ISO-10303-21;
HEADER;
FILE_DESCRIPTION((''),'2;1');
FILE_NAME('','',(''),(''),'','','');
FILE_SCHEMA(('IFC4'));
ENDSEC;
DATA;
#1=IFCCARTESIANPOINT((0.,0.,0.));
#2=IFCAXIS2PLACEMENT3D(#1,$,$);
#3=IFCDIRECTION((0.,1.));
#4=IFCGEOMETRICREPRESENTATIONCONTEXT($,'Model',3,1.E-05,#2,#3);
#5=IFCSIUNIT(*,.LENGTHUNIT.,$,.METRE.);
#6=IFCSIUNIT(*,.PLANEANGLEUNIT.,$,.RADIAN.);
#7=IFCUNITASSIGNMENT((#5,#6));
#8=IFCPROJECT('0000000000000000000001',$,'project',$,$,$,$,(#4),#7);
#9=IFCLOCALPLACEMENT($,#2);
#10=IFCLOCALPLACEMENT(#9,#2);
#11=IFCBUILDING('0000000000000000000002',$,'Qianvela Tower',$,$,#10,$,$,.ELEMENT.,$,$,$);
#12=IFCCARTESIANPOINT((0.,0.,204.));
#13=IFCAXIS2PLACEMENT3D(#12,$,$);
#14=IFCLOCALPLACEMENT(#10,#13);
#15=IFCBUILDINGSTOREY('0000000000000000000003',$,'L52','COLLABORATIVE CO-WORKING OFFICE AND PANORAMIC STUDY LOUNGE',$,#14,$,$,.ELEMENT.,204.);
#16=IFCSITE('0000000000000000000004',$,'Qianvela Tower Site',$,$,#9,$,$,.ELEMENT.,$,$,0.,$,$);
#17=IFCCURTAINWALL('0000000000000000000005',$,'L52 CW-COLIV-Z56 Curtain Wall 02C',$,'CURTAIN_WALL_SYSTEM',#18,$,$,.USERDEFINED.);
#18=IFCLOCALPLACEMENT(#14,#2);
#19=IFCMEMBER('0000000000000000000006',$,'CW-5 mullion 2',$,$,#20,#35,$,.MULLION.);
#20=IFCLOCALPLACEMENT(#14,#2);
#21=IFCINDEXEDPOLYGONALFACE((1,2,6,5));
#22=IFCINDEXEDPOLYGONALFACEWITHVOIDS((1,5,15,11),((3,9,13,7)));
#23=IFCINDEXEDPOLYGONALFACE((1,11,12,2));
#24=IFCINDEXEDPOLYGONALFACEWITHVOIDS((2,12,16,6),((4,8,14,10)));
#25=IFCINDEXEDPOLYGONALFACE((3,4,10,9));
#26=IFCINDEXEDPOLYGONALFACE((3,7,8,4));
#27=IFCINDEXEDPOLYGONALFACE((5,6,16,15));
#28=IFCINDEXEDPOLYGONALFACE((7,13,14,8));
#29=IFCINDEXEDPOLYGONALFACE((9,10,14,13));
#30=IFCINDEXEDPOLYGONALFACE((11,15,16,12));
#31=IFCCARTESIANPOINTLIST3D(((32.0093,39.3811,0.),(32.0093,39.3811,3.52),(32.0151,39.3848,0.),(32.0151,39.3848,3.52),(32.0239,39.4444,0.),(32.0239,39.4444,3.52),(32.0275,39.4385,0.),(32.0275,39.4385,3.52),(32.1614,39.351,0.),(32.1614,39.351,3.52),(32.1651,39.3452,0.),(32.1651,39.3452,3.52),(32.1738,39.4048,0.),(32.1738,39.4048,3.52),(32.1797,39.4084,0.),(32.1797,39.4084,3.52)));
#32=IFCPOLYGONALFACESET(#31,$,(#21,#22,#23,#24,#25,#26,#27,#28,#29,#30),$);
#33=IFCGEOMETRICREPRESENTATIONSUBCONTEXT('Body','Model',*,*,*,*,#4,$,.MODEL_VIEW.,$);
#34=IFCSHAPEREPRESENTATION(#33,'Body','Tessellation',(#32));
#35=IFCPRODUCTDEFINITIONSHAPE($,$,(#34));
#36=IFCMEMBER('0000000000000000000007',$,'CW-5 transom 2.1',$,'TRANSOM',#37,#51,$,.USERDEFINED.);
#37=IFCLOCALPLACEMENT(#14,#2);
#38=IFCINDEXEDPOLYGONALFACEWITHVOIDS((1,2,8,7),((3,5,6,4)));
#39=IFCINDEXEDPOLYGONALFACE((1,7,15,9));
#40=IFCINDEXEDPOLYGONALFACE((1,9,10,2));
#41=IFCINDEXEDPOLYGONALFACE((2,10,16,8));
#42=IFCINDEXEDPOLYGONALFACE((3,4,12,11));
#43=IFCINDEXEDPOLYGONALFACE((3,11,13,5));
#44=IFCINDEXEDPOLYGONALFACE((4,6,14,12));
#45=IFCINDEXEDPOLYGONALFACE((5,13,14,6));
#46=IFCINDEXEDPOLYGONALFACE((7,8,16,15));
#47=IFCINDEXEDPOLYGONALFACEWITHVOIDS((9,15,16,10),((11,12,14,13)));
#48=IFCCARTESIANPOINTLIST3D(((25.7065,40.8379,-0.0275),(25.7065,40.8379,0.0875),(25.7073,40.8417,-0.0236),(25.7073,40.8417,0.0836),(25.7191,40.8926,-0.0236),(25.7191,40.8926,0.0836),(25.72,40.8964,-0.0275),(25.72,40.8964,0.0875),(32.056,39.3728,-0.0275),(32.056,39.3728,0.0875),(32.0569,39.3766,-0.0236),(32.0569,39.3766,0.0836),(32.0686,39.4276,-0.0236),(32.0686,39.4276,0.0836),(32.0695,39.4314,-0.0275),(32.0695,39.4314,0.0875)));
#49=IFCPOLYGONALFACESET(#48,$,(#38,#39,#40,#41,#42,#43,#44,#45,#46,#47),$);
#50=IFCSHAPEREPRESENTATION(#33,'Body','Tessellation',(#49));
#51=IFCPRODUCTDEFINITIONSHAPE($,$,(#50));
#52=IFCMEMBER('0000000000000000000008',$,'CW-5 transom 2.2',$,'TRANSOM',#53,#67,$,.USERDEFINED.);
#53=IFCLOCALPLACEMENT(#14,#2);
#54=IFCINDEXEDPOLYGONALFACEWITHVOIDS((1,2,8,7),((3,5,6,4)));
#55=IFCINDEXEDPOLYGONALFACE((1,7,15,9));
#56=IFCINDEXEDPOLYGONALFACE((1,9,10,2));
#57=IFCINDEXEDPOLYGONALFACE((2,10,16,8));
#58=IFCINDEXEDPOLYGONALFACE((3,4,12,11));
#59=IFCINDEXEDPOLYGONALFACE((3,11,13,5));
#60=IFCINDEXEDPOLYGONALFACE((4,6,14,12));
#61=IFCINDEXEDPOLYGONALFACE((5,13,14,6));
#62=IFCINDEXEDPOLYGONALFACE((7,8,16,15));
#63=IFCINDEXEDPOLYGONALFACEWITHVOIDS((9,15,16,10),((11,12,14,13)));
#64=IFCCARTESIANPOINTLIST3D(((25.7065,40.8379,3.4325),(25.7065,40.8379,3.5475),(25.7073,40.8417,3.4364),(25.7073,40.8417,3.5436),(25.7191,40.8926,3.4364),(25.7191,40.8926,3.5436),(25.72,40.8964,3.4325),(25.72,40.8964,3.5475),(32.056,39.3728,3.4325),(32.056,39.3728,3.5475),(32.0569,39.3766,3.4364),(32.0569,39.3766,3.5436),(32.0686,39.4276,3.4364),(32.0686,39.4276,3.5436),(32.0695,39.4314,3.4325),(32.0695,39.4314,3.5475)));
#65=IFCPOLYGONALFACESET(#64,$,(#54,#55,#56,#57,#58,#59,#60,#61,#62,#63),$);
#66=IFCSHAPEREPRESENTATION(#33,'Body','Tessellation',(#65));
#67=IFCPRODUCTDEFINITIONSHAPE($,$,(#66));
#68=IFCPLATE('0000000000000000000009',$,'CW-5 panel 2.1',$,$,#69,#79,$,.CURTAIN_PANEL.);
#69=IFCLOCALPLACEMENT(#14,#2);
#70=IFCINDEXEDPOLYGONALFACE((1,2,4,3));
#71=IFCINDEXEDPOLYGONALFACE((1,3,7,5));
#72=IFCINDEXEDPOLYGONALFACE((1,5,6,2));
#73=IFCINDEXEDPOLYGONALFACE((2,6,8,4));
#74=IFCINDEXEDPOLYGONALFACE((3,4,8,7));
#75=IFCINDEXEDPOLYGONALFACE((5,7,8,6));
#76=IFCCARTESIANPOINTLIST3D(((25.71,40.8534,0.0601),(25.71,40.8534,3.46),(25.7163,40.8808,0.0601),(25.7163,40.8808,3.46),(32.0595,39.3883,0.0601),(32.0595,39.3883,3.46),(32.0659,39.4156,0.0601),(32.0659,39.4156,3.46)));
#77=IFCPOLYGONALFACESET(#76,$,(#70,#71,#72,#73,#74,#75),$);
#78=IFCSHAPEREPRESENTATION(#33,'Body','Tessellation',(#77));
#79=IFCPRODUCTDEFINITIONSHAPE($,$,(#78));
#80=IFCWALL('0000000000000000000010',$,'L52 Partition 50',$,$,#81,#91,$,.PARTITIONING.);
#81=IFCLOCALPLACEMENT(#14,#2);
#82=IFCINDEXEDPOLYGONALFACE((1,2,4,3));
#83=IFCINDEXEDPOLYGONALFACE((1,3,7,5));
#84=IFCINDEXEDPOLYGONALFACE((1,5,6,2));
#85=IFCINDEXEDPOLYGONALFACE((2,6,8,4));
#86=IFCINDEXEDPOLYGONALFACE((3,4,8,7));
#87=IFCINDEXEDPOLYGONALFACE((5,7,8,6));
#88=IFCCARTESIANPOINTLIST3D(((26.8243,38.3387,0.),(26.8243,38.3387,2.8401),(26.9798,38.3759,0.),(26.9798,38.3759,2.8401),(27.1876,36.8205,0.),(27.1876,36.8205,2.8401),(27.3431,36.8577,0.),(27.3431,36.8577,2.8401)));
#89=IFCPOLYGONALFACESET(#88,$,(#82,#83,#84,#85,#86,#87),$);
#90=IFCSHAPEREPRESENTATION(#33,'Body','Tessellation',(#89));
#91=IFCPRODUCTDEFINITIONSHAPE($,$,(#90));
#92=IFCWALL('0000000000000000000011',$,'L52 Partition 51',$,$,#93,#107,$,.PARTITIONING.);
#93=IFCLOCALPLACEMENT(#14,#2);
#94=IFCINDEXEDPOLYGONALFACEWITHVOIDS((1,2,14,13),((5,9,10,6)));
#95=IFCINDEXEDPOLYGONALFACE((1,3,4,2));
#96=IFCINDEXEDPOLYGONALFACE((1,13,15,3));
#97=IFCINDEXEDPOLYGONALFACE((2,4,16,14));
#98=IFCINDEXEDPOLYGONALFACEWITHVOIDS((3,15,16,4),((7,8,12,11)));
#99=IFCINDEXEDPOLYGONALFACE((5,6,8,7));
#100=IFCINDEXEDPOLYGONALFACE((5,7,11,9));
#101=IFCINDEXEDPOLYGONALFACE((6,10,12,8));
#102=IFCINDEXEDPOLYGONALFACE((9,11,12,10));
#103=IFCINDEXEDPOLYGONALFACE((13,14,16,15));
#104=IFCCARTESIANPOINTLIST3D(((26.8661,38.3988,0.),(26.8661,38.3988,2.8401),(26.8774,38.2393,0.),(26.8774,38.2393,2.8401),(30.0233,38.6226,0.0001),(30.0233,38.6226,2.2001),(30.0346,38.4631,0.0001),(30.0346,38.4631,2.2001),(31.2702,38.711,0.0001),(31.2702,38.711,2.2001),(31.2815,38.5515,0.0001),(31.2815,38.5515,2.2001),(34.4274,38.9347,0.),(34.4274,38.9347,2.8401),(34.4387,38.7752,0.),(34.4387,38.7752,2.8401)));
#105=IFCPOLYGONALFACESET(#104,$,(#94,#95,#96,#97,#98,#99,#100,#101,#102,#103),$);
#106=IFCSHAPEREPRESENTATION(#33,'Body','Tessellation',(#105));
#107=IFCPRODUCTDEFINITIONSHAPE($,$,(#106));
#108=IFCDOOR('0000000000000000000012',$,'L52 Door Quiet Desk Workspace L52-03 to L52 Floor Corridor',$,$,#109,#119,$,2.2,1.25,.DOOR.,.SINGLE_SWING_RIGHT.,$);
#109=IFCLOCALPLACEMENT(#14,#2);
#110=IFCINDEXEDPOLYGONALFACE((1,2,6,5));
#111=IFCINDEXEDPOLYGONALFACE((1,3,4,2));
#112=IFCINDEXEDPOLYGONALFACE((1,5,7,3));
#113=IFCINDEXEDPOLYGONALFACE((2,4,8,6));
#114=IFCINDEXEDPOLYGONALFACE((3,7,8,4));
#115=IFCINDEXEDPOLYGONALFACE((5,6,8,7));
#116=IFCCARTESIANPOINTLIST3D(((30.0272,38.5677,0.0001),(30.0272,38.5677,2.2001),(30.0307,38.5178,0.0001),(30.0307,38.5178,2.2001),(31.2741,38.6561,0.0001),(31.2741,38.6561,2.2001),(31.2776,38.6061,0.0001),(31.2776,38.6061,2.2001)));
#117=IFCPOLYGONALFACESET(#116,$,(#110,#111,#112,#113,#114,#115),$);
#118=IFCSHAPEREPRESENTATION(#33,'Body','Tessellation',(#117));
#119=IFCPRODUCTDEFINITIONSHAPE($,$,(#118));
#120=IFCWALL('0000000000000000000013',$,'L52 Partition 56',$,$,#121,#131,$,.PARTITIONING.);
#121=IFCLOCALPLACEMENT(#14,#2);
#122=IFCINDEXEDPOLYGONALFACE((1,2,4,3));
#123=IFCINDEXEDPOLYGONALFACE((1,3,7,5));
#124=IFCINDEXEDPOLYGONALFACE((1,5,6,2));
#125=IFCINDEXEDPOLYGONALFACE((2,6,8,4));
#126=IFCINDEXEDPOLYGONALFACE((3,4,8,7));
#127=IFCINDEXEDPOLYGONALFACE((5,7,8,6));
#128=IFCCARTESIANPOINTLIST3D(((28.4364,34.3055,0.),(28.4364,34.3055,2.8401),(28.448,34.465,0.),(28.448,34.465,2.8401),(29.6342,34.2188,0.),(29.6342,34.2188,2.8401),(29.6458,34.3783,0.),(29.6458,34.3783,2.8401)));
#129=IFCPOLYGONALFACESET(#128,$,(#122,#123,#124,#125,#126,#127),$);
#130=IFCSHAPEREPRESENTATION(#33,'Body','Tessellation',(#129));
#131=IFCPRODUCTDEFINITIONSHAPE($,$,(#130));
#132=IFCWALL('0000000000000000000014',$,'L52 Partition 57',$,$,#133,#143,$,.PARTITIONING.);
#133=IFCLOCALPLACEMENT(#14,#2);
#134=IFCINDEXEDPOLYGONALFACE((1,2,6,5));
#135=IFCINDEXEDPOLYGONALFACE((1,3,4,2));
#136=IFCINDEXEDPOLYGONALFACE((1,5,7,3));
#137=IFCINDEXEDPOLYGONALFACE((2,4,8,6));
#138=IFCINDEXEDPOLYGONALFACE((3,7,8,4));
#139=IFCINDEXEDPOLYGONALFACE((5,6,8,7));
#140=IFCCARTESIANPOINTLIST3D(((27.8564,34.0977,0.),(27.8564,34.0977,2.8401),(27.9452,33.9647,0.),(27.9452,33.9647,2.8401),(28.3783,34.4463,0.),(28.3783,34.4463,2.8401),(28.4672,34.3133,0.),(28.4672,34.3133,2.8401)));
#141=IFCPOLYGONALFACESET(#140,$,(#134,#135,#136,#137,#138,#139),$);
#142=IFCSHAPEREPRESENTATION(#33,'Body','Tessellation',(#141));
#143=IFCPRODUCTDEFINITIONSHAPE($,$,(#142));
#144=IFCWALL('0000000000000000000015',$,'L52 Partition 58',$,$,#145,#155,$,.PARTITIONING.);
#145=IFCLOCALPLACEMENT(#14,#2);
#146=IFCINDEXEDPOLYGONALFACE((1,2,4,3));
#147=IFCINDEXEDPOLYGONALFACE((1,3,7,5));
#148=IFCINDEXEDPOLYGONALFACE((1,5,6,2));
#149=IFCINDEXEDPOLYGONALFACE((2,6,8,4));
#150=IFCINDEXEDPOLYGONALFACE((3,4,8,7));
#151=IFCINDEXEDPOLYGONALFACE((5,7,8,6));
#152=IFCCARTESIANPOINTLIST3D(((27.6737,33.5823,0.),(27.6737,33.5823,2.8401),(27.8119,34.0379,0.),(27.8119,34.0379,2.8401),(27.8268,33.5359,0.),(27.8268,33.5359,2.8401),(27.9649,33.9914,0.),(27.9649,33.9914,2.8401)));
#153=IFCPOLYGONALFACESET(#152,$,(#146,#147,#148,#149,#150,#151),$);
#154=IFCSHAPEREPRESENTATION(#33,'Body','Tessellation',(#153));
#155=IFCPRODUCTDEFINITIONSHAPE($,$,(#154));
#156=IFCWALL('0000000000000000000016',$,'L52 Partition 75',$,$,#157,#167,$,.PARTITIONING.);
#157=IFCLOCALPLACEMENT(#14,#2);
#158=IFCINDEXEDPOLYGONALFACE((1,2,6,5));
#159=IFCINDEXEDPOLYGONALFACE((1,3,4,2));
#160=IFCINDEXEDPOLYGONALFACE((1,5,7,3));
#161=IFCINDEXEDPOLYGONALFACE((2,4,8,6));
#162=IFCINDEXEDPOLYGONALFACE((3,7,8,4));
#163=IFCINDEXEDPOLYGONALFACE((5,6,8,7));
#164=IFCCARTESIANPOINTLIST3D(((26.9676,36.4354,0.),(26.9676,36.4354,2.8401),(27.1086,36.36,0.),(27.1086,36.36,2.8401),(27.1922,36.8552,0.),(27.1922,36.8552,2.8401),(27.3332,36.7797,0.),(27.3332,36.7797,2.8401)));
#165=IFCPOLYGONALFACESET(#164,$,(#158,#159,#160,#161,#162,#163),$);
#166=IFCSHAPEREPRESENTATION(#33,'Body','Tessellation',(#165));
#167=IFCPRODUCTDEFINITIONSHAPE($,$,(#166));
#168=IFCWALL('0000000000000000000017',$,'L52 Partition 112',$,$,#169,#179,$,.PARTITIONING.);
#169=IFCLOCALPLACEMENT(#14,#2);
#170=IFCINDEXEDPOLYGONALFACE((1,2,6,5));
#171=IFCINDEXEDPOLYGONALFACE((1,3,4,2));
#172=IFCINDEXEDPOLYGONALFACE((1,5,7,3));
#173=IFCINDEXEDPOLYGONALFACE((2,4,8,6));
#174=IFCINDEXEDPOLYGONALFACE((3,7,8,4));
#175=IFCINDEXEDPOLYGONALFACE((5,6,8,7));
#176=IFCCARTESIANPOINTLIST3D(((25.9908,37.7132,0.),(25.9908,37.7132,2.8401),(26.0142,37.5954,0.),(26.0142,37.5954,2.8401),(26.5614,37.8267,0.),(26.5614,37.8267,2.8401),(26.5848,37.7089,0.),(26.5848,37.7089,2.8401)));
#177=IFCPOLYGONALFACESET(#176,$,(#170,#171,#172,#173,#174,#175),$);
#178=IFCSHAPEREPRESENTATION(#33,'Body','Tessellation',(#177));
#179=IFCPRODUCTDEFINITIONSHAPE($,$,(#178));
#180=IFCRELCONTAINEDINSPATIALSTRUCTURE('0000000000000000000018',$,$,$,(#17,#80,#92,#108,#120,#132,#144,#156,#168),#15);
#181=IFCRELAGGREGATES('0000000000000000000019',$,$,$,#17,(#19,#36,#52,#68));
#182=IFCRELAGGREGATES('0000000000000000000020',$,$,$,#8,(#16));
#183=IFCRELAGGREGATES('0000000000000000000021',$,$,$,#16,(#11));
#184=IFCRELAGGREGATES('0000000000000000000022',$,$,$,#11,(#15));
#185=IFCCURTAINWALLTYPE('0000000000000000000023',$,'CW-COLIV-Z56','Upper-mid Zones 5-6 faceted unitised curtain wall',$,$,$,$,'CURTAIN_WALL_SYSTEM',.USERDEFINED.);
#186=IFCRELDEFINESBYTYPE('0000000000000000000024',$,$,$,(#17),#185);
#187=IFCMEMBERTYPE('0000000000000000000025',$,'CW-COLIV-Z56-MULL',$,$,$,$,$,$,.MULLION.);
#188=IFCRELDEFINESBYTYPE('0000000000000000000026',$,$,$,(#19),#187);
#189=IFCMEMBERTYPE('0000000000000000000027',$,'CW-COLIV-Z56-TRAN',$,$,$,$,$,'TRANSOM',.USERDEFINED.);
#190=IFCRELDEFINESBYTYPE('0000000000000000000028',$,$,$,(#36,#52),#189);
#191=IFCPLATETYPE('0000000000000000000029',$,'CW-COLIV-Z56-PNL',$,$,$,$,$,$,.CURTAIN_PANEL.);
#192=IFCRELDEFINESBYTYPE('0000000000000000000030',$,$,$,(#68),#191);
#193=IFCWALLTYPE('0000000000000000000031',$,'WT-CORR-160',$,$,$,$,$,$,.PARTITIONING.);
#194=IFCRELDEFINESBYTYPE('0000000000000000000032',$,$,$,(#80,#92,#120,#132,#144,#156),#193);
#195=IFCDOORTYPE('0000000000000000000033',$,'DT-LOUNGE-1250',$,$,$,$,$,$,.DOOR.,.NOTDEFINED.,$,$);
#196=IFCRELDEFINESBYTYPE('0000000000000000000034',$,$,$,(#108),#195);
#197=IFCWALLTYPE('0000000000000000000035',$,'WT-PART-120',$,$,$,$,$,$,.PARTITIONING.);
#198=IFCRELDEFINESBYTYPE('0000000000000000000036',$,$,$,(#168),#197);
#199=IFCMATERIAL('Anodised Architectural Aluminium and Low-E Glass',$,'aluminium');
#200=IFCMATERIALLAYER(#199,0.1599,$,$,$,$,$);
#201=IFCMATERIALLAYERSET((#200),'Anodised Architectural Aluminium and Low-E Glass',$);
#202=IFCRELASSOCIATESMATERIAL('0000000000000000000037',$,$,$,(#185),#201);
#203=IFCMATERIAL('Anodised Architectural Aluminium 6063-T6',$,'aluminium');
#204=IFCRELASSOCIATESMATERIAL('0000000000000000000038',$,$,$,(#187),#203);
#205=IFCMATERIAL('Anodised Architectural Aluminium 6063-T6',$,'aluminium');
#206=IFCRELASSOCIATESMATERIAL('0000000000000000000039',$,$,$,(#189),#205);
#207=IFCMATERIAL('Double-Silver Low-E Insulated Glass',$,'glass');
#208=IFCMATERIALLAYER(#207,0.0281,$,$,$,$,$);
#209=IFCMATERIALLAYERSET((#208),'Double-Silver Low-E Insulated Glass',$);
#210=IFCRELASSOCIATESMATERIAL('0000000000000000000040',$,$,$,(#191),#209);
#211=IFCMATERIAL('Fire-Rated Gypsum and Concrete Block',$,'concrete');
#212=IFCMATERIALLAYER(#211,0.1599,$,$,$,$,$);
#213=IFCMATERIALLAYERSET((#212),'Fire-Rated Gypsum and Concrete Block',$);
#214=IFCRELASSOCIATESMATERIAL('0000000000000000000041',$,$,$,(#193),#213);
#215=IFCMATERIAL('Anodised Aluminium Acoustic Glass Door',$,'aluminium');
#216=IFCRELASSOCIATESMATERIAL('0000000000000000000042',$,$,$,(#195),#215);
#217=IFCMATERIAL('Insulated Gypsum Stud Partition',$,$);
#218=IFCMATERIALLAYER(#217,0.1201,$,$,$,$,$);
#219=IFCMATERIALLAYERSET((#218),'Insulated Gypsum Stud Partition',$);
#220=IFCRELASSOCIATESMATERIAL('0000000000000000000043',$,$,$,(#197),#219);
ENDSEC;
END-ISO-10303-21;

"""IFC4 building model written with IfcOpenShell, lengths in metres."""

from ifc_helpers import new_model, si_unit, direction, frame, frame_2d, origin, origin_2d, place, context, subcontext, project, spatial, rectangle, hollow_rectangle, extrude, material, layer, layer_set, material_profile, profile_set, type_object, element, fill, aggregate, save


model = new_model("IFC4")

# Units and contexts
model_context = context("Model", 3, precision=1e-05, world=origin(), true_north=direction((0.0, 1.0)))
body_context = subcontext(model_context, "Body", "Model", "MODEL_VIEW")
ifc_project = project(units=[si_unit("LENGTHUNIT", "METRE"), si_unit("PLANEANGLEUNIT", "RADIAN")], contexts=[model_context])

# Site, building, storey
site_placement = place(None, origin())
site = spatial("IfcSite", under=ifc_project, at=site_placement, Name="Qianvela Tower Site", CompositionType="ELEMENT", RefElevation=0.0)
building_placement = place(site_placement, origin())
building = spatial("IfcBuilding", under=site, at=building_placement, Name="Qianvela Tower", CompositionType="ELEMENT")
storey_placement = place(building_placement, frame((0.0, 0.0, 204.0)))
storey = spatial("IfcBuildingStorey", under=building, at=storey_placement, Name="L52", Description="COLLABORATIVE CO-WORKING OFFICE AND PANORAMIC STUDY LOUNGE", CompositionType="ELEMENT", Elevation=204.0)

# Curtain wall, members, plate
ifc_material_1 = material(Name="Anodised Architectural Aluminium and Low-E Glass", Category="aluminium")
ifc_layer_1 = layer(ifc_material_1, 0.1599)
ifc_layer_set_1 = layer_set([ifc_layer_1], Name="Anodised Architectural Aluminium and Low-E Glass")
curtain_wall_type = type_object("IfcCurtainWallType", Name="CW-COLIV-Z56", Description="Upper-mid Zones 5-6 faceted unitised curtain wall", ElementType="CURTAIN_WALL_SYSTEM", PredefinedType="USERDEFINED", material=ifc_layer_set_1)
curtain_wall_placement = place(storey_placement, origin())
curtain_wall = element("IfcCurtainWall", 1, at=curtain_wall_placement, inside=storey, type_object=curtain_wall_type, Name="L52 CW-COLIV-Z56 Curtain Wall 02C", ObjectType="CURTAIN_WALL_SYSTEM", PredefinedType="USERDEFINED")
ifc_material_2 = material(Name="Anodised Architectural Aluminium 6063-T6", Category="aluminium")
ifc_material_profile_1 = material_profile(ifc_material_2, hollow_rectangle(XDim=0.0649, YDim=0.1599, WallThickness=0.0049, at=origin_2d()), Name="ALU-MULL-65x160")
ifc_profile_set_1 = profile_set([ifc_material_profile_1], Name="Anodised Architectural Aluminium 6063-T6")
member_type_1 = type_object("IfcMemberType", Name="CW-COLIV-Z56-MULL", PredefinedType="MULLION", material=ifc_profile_set_1)
member_1_placement = place(storey_placement, frame((32.0945, 39.3948, 0.0), z_axis=(0.0, 0.0, 1.0), x_axis=(-0.224836, -0.974397, 0.0)))
member_1 = element("IfcMember", 2, at=member_1_placement, type_object=member_type_1, Name="CW-5 mullion 2", PredefinedType="MULLION", context=body_context, shape_type="SweptSolid", body=[
    extrude(hollow_rectangle(XDim=0.0649, YDim=0.1599, WallThickness=0.0049, at=origin_2d()), origin(), (0.0, 0.0, 1.0), 3.52),
])
ifc_material_3 = material(Name="Anodised Architectural Aluminium 6063-T6", Category="aluminium")
ifc_material_profile_2 = material_profile(ifc_material_3, hollow_rectangle(XDim=0.0601, YDim=0.115, WallThickness=0.0039, at=origin_2d()), Name="ALU-TRAN-60x115")
ifc_profile_set_2 = profile_set([ifc_material_profile_2], Name="Anodised Architectural Aluminium 6063-T6")
member_type_2 = type_object("IfcMemberType", Name="CW-COLIV-Z56-TRAN", ElementType="TRANSOM", PredefinedType="USERDEFINED", material=ifc_profile_set_2)
member_2_placement = place(storey_placement, frame((32.0627, 39.4021, 0.03), z_axis=(-0.974398, 0.224829, 0.0), x_axis=(-0.224829, -0.974398, 0.0)))
member_2 = element("IfcMember", 3, at=member_2_placement, type_object=member_type_2, Name="CW-5 transom 2.1", ObjectType="TRANSOM", PredefinedType="USERDEFINED", context=body_context, shape_type="SweptSolid", body=[
    extrude(hollow_rectangle(XDim=0.0601, YDim=0.115, WallThickness=0.0039, at=origin_2d()), origin(), (0.0, 0.0, 1.0), 6.5164),
])
member_3_placement = place(storey_placement, frame((32.0627, 39.4021, 3.49), z_axis=(-0.974398, 0.224829, 0.0), x_axis=(-0.224829, -0.974398, 0.0)))
member_3 = element("IfcMember", 4, at=member_3_placement, type_object=member_type_2, Name="CW-5 transom 2.2", ObjectType="TRANSOM", PredefinedType="USERDEFINED", context=body_context, shape_type="SweptSolid", body=[
    extrude(hollow_rectangle(XDim=0.0601, YDim=0.115, WallThickness=0.0039, at=origin_2d()), origin(), (0.0, 0.0, 1.0), 6.5164),
])
ifc_material_4 = material(Name="Double-Silver Low-E Insulated Glass", Category="glass")
ifc_layer_2 = layer(ifc_material_4, 0.0281)
ifc_layer_set_2 = layer_set([ifc_layer_2], Name="Double-Silver Low-E Insulated Glass")
plate_type = type_object("IfcPlateType", Name="CW-COLIV-Z56-PNL", PredefinedType="CURTAIN_PANEL", material=ifc_layer_set_2)
plate_placement = place(storey_placement, frame((28.8879, 40.1345, 0.0601), z_axis=(0.0, 0.0, 1.0), x_axis=(-0.974397, 0.224836, 0.0)))
plate = element("IfcPlate", 5, at=plate_placement, type_object=plate_type, Name="CW-5 panel 2.1", PredefinedType="CURTAIN_PANEL", context=body_context, shape_type="SweptSolid", body=[
    extrude(rectangle(XDim=6.5164, YDim=0.0281, at=origin_2d()), origin(), (0.0, 0.0, 1.0), 3.3999),
])
aggregate(curtain_wall, [member_1, member_2, member_3, plate])

# Shared definitions
ifc_material_5 = material(Name="Fire-Rated Gypsum and Concrete Block", Category="concrete")
ifc_layer_3 = layer(ifc_material_5, 0.1599)
ifc_layer_set_3 = layer_set([ifc_layer_3], Name="Fire-Rated Gypsum and Concrete Block")
wall_type_1 = type_object("IfcWallType", Name="WT-CORR-160", PredefinedType="PARTITIONING", material=ifc_layer_set_3)

# Wall
wall_1_placement = place(storey_placement, frame((27.2654, 36.8391, 0.0), z_axis=(0.0, 0.0, 1.0), x_axis=(-0.232734, 0.97254, 0.0)))
element("IfcWall", 6, at=wall_1_placement, inside=storey, type_object=wall_type_1, Name="L52 Partition 50", PredefinedType="PARTITIONING", context=body_context, shape_type="SweptSolid", body=[
    extrude(rectangle(XDim=1.561, YDim=0.1599, at=frame_2d((0.7805, 0.0))), origin(), (0.0, 0.0, 1.0), 2.8401),
])

# Wall, opening, door
wall_2_placement = place(storey_placement, frame((26.8718, 38.3191, 0.0), z_axis=(0.0, 0.0, 1.0), x_axis=(0.997498, 0.070695, 0.0)))
wall_2 = element("IfcWall", 7, at=wall_2_placement, inside=storey, type_object=wall_type_1, Name="L52 Partition 51", PredefinedType="PARTITIONING", context=body_context, shape_type="SweptSolid", body=[
    extrude(rectangle(XDim=7.5803, YDim=0.1599, at=frame_2d((3.79, 0.0))), origin(), (0.0, 0.0, 1.0), 2.8401),
])
opening_1_placement = place(wall_2_placement, frame((3.165, 0.0, 0.0)))
opening_1 = element("IfcOpeningElement", 8, at=opening_1_placement, cuts=wall_2, PredefinedType="OPENING", context=body_context, shape_type="SweptSolid", body=[
    extrude(rectangle(XDim=1.25, YDim=2.2, at=frame_2d((0.625, 1.1001))), frame((0.0, 0.0898, 0.0), z_axis=(0.0, -1.0, 0.0), x_axis=(1.0, 0.0, 0.0)), (0.0, 0.0, 1.0), 0.1799),
])
ifc_material_6 = material(Name="Anodised Aluminium Acoustic Glass Door", Category="aluminium")
door_type_1 = type_object("IfcDoorType", Name="DT-LOUNGE-1250", OperationType="NOTDEFINED", PredefinedType="DOOR", material=ifc_material_6)
door_1_placement = place(opening_1_placement, origin())
door_1 = element("IfcDoor", 9, at=door_1_placement, inside=storey, type_object=door_type_1, Name="L52 Door Quiet Desk Workspace L52-03 to L52 Floor Corridor", OperationType="SINGLE_SWING_RIGHT", OverallHeight=2.2, OverallWidth=1.25, PredefinedType="DOOR", context=body_context, shape_type="SweptSolid", body=[
    extrude(rectangle(XDim=1.25, YDim=2.2, at=frame_2d((0.625, 1.1001))), frame((0.0, 0.0249, 0.0), z_axis=(0.0, -1.0, 0.0), x_axis=(1.0, 0.0, 0.0)), (0.0, 0.0, 1.0), 0.05),
])
fill(opening_1, door_1)

# Walls
wall_3_placement = place(storey_placement, frame((29.6401, 34.2986, 0.0), z_axis=(0.0, 0.0, 1.0), x_axis=(-0.997392, 0.072172, 0.0)))
element("IfcWall", 10, at=wall_3_placement, inside=storey, type_object=wall_type_1, Name="L52 Partition 56", PredefinedType="PARTITIONING", context=body_context, shape_type="SweptSolid", body=[
    extrude(rectangle(XDim=1.2009, YDim=0.1599, at=frame_2d((0.6006, 0.0))), origin(), (0.0, 0.0, 1.0), 2.8401),
])
wall_4_placement = place(storey_placement, frame((28.4229, 34.3799, 0.0), z_axis=(0.0, 0.0, 1.0), x_axis=(-0.831571, -0.555418, 0.0)))
element("IfcWall", 11, at=wall_4_placement, inside=storey, type_object=wall_type_1, Name="L52 Partition 57", PredefinedType="PARTITIONING", context=body_context, shape_type="SweptSolid", body=[
    extrude(rectangle(XDim=0.6277, YDim=0.1599, at=frame_2d((0.314, 0.0))), origin(), (0.0, 0.0, 1.0), 2.8401),
])
for number, where, z_axis, x_axis, name in (
    (12, (27.8884, 34.0146, 0.0), (0.0, 0.0, 1.0), (-0.290264, -0.956947, 0.0), "L52 Partition 58"),
    (13, (27.0381, 36.3977, 0.0), (0.0, 0.0, 1.0), (0.471866, 0.881671, 0.0), "L52 Partition 75"),
):
    element("IfcWall", number, at=place(storey_placement, frame(where, z_axis=z_axis, x_axis=x_axis)), inside=storey, type_object=wall_type_1, Name=name, PredefinedType="PARTITIONING", context=body_context, shape_type="SweptSolid", body=[
        extrude(rectangle(XDim=0.4761, YDim=0.1599, at=frame_2d((0.238, 0.0))), origin(), (0.0, 0.0, 1.0), 2.8401),
    ])
ifc_material_7 = material(Name="Insulated Gypsum Stud Partition")
ifc_layer_4 = layer(ifc_material_7, 0.1201)
ifc_layer_set_4 = layer_set([ifc_layer_4], Name="Insulated Gypsum Stud Partition")
wall_type_2 = type_object("IfcWallType", Name="WT-PART-120", PredefinedType="PARTITIONING", material=ifc_layer_set_4)
wall_5_placement = place(storey_placement, frame((26.5732, 37.7678, 0.0), z_axis=(0.0, 0.0, 1.0), x_axis=(-0.980774, -0.195148, 0.0)))
element("IfcWall", 14, at=wall_5_placement, inside=storey, type_object=wall_type_2, Name="L52 Partition 112", PredefinedType="PARTITIONING", context=body_context, shape_type="SweptSolid", body=[
    extrude(rectangle(XDim=0.5818, YDim=0.1201, at=frame_2d((0.291, 0.0))), origin(), (0.0, 0.0, 1.0), 2.8401),
])

save(model, "model.ifc")
